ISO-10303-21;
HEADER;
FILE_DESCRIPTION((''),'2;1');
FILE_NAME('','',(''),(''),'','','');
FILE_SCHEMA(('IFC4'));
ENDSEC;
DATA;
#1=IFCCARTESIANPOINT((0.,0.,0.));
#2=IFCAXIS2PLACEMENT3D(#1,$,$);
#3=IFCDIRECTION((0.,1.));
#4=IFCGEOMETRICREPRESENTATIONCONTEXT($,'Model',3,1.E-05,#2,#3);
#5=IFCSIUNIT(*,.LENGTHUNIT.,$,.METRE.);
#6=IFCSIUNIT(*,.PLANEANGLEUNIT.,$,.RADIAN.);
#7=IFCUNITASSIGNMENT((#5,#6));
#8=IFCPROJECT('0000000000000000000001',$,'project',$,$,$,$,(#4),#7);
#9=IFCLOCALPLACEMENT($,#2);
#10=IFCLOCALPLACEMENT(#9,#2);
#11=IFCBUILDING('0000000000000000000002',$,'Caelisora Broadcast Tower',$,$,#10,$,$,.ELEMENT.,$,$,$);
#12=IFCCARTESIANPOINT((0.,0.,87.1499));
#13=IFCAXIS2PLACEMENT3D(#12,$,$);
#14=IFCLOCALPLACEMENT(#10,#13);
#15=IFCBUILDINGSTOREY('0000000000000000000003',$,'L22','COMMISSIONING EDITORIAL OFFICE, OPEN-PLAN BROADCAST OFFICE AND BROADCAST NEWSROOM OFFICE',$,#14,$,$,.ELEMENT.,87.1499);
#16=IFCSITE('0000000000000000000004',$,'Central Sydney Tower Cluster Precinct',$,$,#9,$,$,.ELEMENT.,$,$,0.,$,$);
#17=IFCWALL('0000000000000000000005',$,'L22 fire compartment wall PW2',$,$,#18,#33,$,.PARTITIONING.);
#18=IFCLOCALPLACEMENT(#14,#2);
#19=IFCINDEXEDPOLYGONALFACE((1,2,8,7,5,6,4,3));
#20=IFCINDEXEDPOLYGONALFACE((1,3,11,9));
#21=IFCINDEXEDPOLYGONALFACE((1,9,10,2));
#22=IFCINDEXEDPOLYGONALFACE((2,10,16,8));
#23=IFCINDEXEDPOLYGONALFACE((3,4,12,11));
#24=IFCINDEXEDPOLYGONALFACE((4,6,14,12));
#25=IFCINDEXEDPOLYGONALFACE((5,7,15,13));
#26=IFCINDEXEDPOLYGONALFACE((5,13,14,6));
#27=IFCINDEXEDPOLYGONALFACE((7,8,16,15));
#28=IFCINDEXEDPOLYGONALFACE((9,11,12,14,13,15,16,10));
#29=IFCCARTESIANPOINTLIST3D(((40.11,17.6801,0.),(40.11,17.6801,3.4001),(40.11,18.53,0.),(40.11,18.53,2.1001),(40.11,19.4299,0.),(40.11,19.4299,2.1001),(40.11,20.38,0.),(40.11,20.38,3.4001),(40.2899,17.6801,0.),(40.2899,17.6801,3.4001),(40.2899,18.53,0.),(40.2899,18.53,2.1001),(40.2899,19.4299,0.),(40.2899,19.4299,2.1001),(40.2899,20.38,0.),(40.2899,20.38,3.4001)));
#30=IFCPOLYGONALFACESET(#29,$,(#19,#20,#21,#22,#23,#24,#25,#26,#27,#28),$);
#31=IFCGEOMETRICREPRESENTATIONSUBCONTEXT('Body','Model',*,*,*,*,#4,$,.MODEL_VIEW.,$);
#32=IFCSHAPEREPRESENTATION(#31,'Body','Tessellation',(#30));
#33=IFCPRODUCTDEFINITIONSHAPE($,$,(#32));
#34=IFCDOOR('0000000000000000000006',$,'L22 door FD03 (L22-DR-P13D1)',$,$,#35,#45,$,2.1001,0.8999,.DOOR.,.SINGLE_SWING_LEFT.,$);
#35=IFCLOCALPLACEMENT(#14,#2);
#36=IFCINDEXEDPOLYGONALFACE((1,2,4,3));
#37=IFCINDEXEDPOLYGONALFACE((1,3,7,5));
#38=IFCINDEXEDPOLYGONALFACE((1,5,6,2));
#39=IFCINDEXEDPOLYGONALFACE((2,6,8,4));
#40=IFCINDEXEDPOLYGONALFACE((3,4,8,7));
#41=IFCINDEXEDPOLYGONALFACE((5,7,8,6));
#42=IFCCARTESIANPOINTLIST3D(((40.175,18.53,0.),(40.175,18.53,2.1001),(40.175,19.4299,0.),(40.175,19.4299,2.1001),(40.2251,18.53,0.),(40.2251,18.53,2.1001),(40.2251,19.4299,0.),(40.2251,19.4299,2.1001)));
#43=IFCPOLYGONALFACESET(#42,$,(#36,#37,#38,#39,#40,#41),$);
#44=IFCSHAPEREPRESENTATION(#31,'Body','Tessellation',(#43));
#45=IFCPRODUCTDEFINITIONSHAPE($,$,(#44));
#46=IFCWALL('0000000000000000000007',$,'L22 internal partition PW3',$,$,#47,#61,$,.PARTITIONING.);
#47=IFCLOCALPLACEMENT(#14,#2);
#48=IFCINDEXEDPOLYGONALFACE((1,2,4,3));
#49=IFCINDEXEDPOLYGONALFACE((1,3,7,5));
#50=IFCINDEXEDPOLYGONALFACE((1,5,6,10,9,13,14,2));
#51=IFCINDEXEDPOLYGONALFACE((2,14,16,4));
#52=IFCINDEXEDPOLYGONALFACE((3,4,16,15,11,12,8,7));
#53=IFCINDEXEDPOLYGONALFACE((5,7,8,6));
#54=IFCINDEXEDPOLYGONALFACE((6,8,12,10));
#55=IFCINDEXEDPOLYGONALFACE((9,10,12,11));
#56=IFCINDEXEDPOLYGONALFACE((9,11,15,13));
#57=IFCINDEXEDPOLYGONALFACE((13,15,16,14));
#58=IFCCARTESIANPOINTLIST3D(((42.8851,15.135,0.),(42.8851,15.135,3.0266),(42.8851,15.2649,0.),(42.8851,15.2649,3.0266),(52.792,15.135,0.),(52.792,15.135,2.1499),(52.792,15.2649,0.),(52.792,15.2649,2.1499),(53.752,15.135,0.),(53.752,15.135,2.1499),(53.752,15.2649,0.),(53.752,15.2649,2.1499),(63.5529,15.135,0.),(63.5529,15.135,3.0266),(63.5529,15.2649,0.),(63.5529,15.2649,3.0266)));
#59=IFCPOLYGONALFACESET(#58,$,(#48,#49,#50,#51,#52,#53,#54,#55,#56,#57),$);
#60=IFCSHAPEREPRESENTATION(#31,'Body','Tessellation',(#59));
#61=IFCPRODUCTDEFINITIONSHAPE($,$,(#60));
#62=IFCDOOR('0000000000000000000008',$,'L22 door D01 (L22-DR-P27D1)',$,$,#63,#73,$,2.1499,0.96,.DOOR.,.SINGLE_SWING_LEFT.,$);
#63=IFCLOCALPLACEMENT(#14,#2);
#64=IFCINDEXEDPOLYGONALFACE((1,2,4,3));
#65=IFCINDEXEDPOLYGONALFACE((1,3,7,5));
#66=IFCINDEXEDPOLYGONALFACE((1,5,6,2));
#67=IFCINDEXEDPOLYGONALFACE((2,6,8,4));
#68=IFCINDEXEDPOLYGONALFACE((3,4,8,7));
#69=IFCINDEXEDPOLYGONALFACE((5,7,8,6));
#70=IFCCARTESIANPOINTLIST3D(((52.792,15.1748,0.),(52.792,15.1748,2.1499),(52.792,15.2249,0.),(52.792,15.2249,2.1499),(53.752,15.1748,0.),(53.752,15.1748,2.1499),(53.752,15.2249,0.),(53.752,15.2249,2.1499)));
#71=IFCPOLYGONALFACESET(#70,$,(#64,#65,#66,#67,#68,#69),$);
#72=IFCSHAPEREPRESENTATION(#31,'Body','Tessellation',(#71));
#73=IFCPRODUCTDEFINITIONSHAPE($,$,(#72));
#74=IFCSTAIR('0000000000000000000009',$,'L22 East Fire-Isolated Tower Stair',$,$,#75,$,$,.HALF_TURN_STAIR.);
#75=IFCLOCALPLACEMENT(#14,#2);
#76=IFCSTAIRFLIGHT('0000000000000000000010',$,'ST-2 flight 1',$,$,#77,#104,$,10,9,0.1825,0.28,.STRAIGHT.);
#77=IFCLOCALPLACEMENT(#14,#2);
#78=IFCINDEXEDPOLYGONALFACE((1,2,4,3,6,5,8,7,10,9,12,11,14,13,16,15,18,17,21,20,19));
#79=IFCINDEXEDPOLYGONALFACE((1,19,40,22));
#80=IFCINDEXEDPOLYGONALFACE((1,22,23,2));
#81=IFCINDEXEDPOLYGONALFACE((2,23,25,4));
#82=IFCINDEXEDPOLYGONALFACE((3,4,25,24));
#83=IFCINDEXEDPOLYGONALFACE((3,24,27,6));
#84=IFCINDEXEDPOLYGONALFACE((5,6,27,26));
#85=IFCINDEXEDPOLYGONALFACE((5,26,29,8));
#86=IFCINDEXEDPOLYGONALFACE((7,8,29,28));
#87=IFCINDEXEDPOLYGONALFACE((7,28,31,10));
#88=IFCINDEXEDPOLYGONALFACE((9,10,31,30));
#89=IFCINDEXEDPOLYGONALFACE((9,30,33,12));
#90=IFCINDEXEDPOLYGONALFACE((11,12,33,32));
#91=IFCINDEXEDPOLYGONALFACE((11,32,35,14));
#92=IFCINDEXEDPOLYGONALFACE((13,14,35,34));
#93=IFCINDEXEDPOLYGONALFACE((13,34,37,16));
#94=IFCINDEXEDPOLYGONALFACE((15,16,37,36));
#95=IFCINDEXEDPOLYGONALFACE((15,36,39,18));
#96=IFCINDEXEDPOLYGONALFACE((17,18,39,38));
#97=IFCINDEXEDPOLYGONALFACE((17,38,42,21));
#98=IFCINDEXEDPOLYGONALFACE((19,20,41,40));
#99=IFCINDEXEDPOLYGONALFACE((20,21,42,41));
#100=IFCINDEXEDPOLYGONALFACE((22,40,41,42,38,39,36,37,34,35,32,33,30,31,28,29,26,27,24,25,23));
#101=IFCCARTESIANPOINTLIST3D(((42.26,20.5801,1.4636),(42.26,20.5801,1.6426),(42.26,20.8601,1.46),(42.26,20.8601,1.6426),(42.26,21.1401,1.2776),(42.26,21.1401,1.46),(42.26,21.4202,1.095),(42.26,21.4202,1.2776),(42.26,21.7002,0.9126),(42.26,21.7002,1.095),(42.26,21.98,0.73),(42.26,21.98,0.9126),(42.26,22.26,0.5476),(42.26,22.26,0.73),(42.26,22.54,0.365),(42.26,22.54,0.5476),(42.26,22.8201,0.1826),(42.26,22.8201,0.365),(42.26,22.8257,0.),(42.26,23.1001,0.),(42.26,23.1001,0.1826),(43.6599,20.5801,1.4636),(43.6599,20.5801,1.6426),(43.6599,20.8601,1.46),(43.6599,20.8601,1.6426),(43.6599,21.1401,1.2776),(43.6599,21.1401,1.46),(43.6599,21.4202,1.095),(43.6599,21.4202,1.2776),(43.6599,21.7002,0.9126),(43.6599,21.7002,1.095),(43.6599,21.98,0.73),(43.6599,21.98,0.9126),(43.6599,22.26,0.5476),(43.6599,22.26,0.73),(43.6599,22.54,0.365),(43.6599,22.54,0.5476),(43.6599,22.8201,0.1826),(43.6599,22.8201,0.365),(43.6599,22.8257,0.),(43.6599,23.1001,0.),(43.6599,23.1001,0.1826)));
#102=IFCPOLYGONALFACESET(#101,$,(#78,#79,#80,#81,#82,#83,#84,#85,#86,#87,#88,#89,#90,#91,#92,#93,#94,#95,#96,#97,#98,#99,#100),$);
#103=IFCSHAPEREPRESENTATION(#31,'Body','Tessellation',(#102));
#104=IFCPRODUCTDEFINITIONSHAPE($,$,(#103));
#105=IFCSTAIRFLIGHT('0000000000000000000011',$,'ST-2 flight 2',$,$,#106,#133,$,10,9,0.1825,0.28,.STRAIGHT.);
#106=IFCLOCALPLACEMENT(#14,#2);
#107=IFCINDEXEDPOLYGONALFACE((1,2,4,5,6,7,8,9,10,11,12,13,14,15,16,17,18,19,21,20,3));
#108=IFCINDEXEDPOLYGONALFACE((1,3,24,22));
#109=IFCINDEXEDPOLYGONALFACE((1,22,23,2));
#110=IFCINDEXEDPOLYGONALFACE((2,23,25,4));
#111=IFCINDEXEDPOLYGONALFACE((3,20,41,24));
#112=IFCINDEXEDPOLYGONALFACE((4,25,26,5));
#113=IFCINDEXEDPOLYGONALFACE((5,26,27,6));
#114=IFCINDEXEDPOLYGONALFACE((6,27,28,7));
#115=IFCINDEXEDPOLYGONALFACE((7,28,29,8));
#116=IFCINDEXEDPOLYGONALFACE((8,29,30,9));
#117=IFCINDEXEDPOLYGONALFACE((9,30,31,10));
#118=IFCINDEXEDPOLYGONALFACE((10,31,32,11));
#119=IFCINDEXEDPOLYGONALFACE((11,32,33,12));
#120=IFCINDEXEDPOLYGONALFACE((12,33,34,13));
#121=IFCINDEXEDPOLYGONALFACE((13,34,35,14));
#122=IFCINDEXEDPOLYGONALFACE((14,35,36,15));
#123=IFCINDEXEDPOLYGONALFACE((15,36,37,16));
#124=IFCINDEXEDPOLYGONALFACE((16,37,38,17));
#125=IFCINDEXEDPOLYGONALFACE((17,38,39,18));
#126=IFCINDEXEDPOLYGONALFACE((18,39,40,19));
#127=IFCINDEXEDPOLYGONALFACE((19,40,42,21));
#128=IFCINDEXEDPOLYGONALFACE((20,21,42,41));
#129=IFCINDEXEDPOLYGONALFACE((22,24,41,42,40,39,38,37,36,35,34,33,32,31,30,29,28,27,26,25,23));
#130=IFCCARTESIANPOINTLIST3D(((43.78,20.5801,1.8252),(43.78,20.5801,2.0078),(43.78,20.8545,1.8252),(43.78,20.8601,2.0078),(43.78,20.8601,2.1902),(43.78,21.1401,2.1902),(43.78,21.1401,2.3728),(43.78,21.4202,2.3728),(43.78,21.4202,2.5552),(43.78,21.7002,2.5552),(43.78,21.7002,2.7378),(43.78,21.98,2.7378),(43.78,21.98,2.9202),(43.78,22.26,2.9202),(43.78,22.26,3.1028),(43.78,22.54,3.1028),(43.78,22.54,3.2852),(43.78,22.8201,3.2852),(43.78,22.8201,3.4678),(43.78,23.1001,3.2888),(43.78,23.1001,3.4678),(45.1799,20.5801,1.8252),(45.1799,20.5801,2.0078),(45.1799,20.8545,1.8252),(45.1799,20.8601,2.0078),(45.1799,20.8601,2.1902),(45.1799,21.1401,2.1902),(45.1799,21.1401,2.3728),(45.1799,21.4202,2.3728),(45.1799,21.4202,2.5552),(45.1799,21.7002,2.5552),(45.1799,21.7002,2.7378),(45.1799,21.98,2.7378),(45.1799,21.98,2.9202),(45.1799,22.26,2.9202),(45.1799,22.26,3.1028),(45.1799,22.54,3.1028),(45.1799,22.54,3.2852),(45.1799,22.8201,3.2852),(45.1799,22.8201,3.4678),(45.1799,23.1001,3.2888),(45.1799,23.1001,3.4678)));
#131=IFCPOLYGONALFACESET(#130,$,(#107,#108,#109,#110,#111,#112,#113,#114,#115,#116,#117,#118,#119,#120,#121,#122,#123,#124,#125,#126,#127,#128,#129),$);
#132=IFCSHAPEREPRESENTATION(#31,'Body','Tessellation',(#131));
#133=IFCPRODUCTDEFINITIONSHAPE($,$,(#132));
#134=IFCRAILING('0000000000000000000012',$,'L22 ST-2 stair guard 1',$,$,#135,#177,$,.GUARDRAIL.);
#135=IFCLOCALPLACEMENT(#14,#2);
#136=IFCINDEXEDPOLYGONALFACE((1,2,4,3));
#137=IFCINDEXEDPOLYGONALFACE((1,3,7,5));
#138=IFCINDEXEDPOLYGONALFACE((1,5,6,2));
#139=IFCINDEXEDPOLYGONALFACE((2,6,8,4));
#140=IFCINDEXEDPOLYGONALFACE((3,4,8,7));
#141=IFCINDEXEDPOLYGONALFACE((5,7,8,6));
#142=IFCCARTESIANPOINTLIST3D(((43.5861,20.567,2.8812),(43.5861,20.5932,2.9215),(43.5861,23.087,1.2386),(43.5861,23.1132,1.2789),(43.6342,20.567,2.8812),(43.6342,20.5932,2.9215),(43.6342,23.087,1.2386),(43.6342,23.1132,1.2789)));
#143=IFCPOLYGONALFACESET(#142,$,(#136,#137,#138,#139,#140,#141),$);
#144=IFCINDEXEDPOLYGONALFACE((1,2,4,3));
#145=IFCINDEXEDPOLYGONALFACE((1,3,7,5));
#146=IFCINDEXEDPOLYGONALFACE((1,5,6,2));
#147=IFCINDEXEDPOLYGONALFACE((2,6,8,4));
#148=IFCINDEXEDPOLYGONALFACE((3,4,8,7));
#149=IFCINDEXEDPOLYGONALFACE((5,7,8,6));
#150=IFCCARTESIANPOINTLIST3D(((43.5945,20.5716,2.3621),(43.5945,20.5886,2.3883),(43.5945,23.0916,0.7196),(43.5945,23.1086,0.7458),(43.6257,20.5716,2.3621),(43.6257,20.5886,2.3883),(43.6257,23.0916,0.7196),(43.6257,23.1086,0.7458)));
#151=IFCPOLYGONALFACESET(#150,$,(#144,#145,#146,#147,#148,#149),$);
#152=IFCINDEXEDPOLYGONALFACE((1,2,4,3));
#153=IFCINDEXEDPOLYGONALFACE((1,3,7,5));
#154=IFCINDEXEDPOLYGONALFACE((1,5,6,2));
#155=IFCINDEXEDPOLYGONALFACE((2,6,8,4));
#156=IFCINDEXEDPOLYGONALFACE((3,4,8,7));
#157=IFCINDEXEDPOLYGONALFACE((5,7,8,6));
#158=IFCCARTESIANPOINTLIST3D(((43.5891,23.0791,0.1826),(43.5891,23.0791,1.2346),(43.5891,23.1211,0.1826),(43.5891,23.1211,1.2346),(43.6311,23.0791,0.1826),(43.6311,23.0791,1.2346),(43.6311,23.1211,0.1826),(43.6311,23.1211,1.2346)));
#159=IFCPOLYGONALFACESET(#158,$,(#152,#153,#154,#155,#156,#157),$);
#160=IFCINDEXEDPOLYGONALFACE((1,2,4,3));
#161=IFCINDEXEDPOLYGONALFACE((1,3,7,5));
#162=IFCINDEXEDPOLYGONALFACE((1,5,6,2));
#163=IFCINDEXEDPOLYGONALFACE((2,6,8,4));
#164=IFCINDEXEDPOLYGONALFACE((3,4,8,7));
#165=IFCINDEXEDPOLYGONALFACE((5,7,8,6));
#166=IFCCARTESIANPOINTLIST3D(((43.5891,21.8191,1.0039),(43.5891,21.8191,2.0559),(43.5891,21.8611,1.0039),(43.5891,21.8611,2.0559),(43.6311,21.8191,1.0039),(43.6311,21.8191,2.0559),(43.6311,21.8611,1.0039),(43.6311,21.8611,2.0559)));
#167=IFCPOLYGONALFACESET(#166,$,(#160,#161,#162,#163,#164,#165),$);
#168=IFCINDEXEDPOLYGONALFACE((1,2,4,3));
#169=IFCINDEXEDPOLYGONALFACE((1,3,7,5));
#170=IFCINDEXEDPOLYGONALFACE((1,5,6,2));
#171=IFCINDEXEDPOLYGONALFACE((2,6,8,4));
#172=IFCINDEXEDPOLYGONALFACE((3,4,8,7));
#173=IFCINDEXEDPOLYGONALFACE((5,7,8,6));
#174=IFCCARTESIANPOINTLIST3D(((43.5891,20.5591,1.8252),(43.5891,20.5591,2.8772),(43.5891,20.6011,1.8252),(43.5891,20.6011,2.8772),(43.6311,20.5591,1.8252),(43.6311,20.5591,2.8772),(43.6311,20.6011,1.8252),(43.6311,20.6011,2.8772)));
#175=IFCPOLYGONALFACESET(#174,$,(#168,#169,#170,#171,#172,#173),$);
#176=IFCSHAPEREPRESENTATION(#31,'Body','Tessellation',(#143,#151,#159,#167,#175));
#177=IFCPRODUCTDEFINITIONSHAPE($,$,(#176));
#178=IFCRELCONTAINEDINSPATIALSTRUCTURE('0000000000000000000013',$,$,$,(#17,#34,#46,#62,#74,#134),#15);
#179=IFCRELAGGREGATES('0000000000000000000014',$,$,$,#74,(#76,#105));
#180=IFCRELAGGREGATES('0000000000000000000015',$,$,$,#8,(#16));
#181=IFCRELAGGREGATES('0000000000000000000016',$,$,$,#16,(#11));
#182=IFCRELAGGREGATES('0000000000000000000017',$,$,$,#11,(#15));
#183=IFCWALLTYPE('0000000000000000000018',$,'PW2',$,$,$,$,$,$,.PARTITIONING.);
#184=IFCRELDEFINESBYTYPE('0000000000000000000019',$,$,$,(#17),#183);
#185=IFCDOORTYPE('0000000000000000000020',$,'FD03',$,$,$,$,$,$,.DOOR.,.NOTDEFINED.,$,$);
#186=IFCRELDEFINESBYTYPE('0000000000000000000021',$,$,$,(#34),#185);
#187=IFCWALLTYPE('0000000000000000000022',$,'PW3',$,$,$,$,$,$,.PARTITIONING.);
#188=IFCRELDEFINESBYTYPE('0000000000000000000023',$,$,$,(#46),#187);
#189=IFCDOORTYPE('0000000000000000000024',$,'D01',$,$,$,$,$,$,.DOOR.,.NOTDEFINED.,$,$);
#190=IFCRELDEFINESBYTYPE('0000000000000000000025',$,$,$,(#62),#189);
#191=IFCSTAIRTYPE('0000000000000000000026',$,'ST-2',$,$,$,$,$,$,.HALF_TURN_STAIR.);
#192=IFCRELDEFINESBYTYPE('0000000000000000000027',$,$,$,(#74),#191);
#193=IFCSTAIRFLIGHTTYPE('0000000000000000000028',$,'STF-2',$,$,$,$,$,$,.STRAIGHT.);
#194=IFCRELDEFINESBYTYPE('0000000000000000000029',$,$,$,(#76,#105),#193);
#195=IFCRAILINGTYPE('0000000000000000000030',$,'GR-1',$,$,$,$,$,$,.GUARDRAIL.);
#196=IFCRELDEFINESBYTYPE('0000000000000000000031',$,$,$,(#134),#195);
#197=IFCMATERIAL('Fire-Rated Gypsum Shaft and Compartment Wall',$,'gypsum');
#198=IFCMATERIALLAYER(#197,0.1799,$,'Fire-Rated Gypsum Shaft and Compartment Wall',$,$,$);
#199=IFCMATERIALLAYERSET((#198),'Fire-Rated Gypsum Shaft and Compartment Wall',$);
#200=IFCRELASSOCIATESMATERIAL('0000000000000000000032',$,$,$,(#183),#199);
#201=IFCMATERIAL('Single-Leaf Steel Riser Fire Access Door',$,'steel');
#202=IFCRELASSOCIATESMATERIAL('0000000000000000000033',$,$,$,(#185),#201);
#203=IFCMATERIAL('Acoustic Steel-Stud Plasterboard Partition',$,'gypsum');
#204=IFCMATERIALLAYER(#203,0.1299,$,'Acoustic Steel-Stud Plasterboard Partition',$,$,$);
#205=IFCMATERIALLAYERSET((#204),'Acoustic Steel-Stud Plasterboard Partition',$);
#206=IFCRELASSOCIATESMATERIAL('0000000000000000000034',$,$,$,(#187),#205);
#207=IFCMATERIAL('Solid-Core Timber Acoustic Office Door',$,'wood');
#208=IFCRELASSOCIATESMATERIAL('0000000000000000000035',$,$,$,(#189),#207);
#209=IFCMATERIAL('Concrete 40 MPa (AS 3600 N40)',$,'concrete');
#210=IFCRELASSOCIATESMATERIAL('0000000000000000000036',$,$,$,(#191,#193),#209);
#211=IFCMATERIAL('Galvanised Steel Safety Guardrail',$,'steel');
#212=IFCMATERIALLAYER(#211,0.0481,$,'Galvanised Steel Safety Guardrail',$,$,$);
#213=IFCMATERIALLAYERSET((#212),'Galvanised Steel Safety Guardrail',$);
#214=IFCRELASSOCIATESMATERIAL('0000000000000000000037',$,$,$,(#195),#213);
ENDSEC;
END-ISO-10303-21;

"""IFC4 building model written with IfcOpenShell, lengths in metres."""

from ifc_helpers import new_model, si_unit, direction, frame, frame_2d, origin, origin_2d, place, context, subcontext, project, spatial, polyline, rectangle, outline, extrude, material, layer, layer_set, type_object, element, fill, aggregate, save


model = new_model("IFC4")

# Units and contexts
model_context = context("Model", 3, precision=1e-05, world=origin(), true_north=direction((0.0, 1.0)))
body_context = subcontext(model_context, "Body", "Model", "MODEL_VIEW")
ifc_project = project(units=[si_unit("LENGTHUNIT", "METRE"), si_unit("PLANEANGLEUNIT", "RADIAN")], contexts=[model_context])

# Site, building, storey
site_placement = place(None, origin())
site = spatial("IfcSite", under=ifc_project, at=site_placement, Name="Central Sydney Tower Cluster Precinct", CompositionType="ELEMENT", RefElevation=0.0)
building_placement = place(site_placement, origin())
building = spatial("IfcBuilding", under=site, at=building_placement, Name="Caelisora Broadcast Tower", CompositionType="ELEMENT")
storey_placement = place(building_placement, frame((0.0, 0.0, 87.1499)))
storey = spatial("IfcBuildingStorey", under=building, at=storey_placement, Name="L22", Description="COMMISSIONING EDITORIAL OFFICE, OPEN-PLAN BROADCAST OFFICE AND BROADCAST NEWSROOM OFFICE", CompositionType="ELEMENT", Elevation=87.1499)

# Shared definitions
ifc_material_1 = material(Name="Fire-Rated Gypsum Shaft and Compartment Wall", Category="gypsum")
ifc_layer_1 = layer(ifc_material_1, 0.1799, Name="Fire-Rated Gypsum Shaft and Compartment Wall")
ifc_layer_set_1 = layer_set([ifc_layer_1], Name="Fire-Rated Gypsum Shaft and Compartment Wall")
wall_type_1 = type_object("IfcWallType", Name="PW2", PredefinedType="PARTITIONING", material=ifc_layer_set_1)

# Walls, openings, doors
wall_1_placement = place(storey_placement, frame((40.2, 17.6799, 0.0), z_axis=(0.0, 0.0, 1.0), x_axis=(0.0, 1.0, 0.0)))
wall_1 = element("IfcWall", 1, at=wall_1_placement, inside=storey, type_object=wall_type_1, Name="L22 fire compartment wall PW2", PredefinedType="PARTITIONING", context=body_context, shape_type="SweptSolid", body=[
    extrude(rectangle(XDim=2.7, YDim=0.1799, at=frame_2d((1.3501, 0.0))), origin(), (0.0, 0.0, 1.0), 3.4001),
])
opening_1_placement = place(wall_1_placement, frame((0.8501, 0.0, 0.0)))
opening_1 = element("IfcOpeningElement", 2, at=opening_1_placement, cuts=wall_1, PredefinedType="OPENING", context=body_context, shape_type="SweptSolid", body=[
    extrude(rectangle(XDim=0.8999, YDim=2.1001, at=frame_2d((0.45, 1.05))), frame((0.0, 0.1021, 0.0), z_axis=(0.0, -1.0, 0.0), x_axis=(1.0, 0.0, 0.0)), (0.0, 0.0, 1.0), 0.2039),
])
ifc_material_2 = material(Name="Single-Leaf Steel Riser Fire Access Door", Category="steel")
door_type_1 = type_object("IfcDoorType", Name="FD03", OperationType="NOTDEFINED", PredefinedType="DOOR", material=ifc_material_2)
door_1_placement = place(opening_1_placement, origin())
door_1 = element("IfcDoor", 3, at=door_1_placement, inside=storey, type_object=door_type_1, Name="L22 door FD03 (L22-DR-P13D1)", OperationType="SINGLE_SWING_LEFT", OverallHeight=2.1001, OverallWidth=0.8999, PredefinedType="DOOR", context=body_context, shape_type="SweptSolid", body=[
    extrude(rectangle(XDim=0.8999, YDim=2.1001, at=frame_2d((0.45, 1.05))), frame((0.0, 0.0249, 0.0), z_axis=(0.0, -1.0, 0.0), x_axis=(1.0, 0.0, 0.0)), (0.0, 0.0, 1.0), 0.05),
])
fill(opening_1, door_1)
ifc_material_3 = material(Name="Acoustic Steel-Stud Plasterboard Partition", Category="gypsum")
ifc_layer_2 = layer(ifc_material_3, 0.1299, Name="Acoustic Steel-Stud Plasterboard Partition")
ifc_layer_set_2 = layer_set([ifc_layer_2], Name="Acoustic Steel-Stud Plasterboard Partition")
wall_type_2 = type_object("IfcWallType", Name="PW3", PredefinedType="PARTITIONING", material=ifc_layer_set_2)
wall_2_placement = place(storey_placement, frame((42.885, 15.2, 0.0), z_axis=(0.0, 0.0, 1.0), x_axis=(1.0, 0.0, 0.0)))
wall_2 = element("IfcWall", 4, at=wall_2_placement, inside=storey, type_object=wall_type_2, Name="L22 internal partition PW3", PredefinedType="PARTITIONING", context=body_context, shape_type="SweptSolid", body=[
    extrude(rectangle(XDim=20.6677, YDim=0.1299, at=frame_2d((10.334, 0.0))), origin(), (0.0, 0.0, 1.0), 3.0266),
])
opening_2_placement = place(wall_2_placement, frame((9.907, 0.0, 0.0)))
opening_2 = element("IfcOpeningElement", 5, at=opening_2_placement, cuts=wall_2, PredefinedType="OPENING", context=body_context, shape_type="SweptSolid", body=[
    extrude(rectangle(XDim=0.96, YDim=2.1499, at=frame_2d((0.48, 1.075))), frame((0.0, 0.0769, 0.0), z_axis=(0.0, -1.0, 0.0), x_axis=(1.0, 0.0, 0.0)), (0.0, 0.0, 1.0), 0.1538),
])
ifc_material_4 = material(Name="Solid-Core Timber Acoustic Office Door", Category="wood")
door_type_2 = type_object("IfcDoorType", Name="D01", OperationType="NOTDEFINED", PredefinedType="DOOR", material=ifc_material_4)
door_2_placement = place(opening_2_placement, origin())
door_2 = element("IfcDoor", 6, at=door_2_placement, inside=storey, type_object=door_type_2, Name="L22 door D01 (L22-DR-P27D1)", OperationType="SINGLE_SWING_LEFT", OverallHeight=2.1499, OverallWidth=0.96, PredefinedType="DOOR", context=body_context, shape_type="SweptSolid", body=[
    extrude(rectangle(XDim=0.96, YDim=2.1499, at=frame_2d((0.48, 1.075))), frame((0.0, 0.0249, 0.0), z_axis=(0.0, -1.0, 0.0), x_axis=(1.0, 0.0, 0.0)), (0.0, 0.0, 1.0), 0.05),
])
fill(opening_2, door_2)

# Stair, stair flights
ifc_material_5 = material(Name="Concrete 40 MPa (AS 3600 N40)", Category="concrete")
stair_type = type_object("IfcStairType", Name="ST-2", PredefinedType="HALF_TURN_STAIR", material=ifc_material_5)
stair_placement = place(storey_placement, origin())
stair = element("IfcStair", 7, at=stair_placement, inside=storey, type_object=stair_type, Name="L22 East Fire-Isolated Tower Stair", PredefinedType="HALF_TURN_STAIR")
stair_flight_type = type_object("IfcStairFlightType", Name="STF-2", PredefinedType="STRAIGHT", material=ifc_material_5)
stair_flight_1_placement = place(storey_placement, frame((42.96, 23.1001, 0.0), z_axis=(0.0, 0.0, 1.0), x_axis=(0.0, -1.0, 0.0)))
stair_flight_1 = element("IfcStairFlight", 8, at=stair_flight_1_placement, type_object=stair_flight_type, Name="ST-2 flight 1", NumberOfRisers=10, NumberOfTreads=9, PredefinedType="STRAIGHT", RiserHeight=0.1825, TreadLength=0.28, context=body_context, shape_type="SweptSolid", body=[
    extrude(outline(polyline([(0.0, 0.0), (0.0, 0.1826), (0.28, 0.1826), (0.28, 0.365), (0.5601, 0.365), (0.5601, 0.5476), (0.8401, 0.5476), (0.8401, 0.73), (1.1201, 0.73), (1.1201, 0.9126), (1.3999, 0.9126), (1.3999, 1.095), (1.6799, 1.095), (1.6799, 1.2776), (1.96, 1.2776), (1.96, 1.46), (2.24, 1.46), (2.24, 1.6426), (2.52, 1.6426), (2.52, 1.825), (2.52, 1.4636), (0.2744, 0.0), (0.0, 0.0)])), frame((0.0, 0.7, 0.0), z_axis=(0.0, -1.0, 0.0), x_axis=(1.0, 0.0, 0.0)), (0.0, 0.0, 1.0), 1.3999),
])
stair_flight_2_placement = place(storey_placement, frame((44.48, 20.5801, 1.8252), z_axis=(0.0, 0.0, 1.0), x_axis=(0.0, 1.0, 0.0)))
stair_flight_2 = element("IfcStairFlight", 9, at=stair_flight_2_placement, type_object=stair_flight_type, Name="ST-2 flight 2", NumberOfRisers=10, NumberOfTreads=9, PredefinedType="STRAIGHT", RiserHeight=0.1825, TreadLength=0.28, context=body_context, shape_type="SweptSolid", body=[
    extrude(outline(polyline([(0.0, 0.0), (0.0, 0.1826), (0.28, 0.1826), (0.28, 0.365), (0.5601, 0.365), (0.5601, 0.5476), (0.8401, 0.5476), (0.8401, 0.73), (1.1201, 0.73), (1.1201, 0.9126), (1.3999, 0.9126), (1.3999, 1.095), (1.6799, 1.095), (1.6799, 1.2776), (1.96, 1.2776), (1.96, 1.46), (2.24, 1.46), (2.24, 1.6426), (2.52, 1.6426), (2.52, 1.825), (2.52, 1.4636), (0.2744, 0.0), (0.0, 0.0)])), frame((0.0, 0.7, 0.0), z_axis=(0.0, -1.0, 0.0), x_axis=(1.0, 0.0, 0.0)), (0.0, 0.0, 1.0), 1.3999),
])
aggregate(stair, [stair_flight_1, stair_flight_2])

# Railing
ifc_material_6 = material(Name="Galvanised Steel Safety Guardrail", Category="steel")
ifc_layer_3 = layer(ifc_material_6, 0.0481, Name="Galvanised Steel Safety Guardrail")
ifc_layer_set_3 = layer_set([ifc_layer_3], Name="Galvanised Steel Safety Guardrail")
railing_type_1 = type_object("IfcRailingType", Name="GR-1", PredefinedType="GUARDRAIL", material=ifc_layer_set_3)
railing_1_placement = place(storey_placement, frame((43.6101, 23.1001, 0.1826)))
element("IfcRailing", 10, at=railing_1_placement, inside=storey, type_object=railing_type_1, Name="L22 ST-2 stair guard 1", PredefinedType="GUARDRAIL", context=body_context, shape_type="SweptSolid", body=[
    extrude(rectangle(XDim=0.0481, YDim=0.0481, at=origin_2d()), frame((0.0, 0.0, 1.0762), z_axis=(0.0, -0.837749, 0.546055), x_axis=(1.0, 0.0, 0.0)), (0.0, 0.0, 1.0), 3.0081),
    extrude(rectangle(XDim=0.0312, YDim=0.0312, at=origin_2d()), frame((0.0, 0.0, 0.55), z_axis=(0.0, -0.837749, 0.546055), x_axis=(1.0, 0.0, 0.0)), (0.0, 0.0, 1.0), 3.0081),
    extrude(rectangle(XDim=0.042, YDim=0.042, at=origin_2d()), origin(), (0.0, 0.0, 1.0), 1.052),
    extrude(rectangle(XDim=0.042, YDim=0.042, at=origin_2d()), frame((0.0, -1.26, 0.8213)), (0.0, 0.0, 1.0), 1.052),
    extrude(rectangle(XDim=0.042, YDim=0.042, at=origin_2d()), frame((0.0, -2.52, 1.6426)), (0.0, 0.0, 1.0), 1.052),
])

save(model, "model.ifc")
